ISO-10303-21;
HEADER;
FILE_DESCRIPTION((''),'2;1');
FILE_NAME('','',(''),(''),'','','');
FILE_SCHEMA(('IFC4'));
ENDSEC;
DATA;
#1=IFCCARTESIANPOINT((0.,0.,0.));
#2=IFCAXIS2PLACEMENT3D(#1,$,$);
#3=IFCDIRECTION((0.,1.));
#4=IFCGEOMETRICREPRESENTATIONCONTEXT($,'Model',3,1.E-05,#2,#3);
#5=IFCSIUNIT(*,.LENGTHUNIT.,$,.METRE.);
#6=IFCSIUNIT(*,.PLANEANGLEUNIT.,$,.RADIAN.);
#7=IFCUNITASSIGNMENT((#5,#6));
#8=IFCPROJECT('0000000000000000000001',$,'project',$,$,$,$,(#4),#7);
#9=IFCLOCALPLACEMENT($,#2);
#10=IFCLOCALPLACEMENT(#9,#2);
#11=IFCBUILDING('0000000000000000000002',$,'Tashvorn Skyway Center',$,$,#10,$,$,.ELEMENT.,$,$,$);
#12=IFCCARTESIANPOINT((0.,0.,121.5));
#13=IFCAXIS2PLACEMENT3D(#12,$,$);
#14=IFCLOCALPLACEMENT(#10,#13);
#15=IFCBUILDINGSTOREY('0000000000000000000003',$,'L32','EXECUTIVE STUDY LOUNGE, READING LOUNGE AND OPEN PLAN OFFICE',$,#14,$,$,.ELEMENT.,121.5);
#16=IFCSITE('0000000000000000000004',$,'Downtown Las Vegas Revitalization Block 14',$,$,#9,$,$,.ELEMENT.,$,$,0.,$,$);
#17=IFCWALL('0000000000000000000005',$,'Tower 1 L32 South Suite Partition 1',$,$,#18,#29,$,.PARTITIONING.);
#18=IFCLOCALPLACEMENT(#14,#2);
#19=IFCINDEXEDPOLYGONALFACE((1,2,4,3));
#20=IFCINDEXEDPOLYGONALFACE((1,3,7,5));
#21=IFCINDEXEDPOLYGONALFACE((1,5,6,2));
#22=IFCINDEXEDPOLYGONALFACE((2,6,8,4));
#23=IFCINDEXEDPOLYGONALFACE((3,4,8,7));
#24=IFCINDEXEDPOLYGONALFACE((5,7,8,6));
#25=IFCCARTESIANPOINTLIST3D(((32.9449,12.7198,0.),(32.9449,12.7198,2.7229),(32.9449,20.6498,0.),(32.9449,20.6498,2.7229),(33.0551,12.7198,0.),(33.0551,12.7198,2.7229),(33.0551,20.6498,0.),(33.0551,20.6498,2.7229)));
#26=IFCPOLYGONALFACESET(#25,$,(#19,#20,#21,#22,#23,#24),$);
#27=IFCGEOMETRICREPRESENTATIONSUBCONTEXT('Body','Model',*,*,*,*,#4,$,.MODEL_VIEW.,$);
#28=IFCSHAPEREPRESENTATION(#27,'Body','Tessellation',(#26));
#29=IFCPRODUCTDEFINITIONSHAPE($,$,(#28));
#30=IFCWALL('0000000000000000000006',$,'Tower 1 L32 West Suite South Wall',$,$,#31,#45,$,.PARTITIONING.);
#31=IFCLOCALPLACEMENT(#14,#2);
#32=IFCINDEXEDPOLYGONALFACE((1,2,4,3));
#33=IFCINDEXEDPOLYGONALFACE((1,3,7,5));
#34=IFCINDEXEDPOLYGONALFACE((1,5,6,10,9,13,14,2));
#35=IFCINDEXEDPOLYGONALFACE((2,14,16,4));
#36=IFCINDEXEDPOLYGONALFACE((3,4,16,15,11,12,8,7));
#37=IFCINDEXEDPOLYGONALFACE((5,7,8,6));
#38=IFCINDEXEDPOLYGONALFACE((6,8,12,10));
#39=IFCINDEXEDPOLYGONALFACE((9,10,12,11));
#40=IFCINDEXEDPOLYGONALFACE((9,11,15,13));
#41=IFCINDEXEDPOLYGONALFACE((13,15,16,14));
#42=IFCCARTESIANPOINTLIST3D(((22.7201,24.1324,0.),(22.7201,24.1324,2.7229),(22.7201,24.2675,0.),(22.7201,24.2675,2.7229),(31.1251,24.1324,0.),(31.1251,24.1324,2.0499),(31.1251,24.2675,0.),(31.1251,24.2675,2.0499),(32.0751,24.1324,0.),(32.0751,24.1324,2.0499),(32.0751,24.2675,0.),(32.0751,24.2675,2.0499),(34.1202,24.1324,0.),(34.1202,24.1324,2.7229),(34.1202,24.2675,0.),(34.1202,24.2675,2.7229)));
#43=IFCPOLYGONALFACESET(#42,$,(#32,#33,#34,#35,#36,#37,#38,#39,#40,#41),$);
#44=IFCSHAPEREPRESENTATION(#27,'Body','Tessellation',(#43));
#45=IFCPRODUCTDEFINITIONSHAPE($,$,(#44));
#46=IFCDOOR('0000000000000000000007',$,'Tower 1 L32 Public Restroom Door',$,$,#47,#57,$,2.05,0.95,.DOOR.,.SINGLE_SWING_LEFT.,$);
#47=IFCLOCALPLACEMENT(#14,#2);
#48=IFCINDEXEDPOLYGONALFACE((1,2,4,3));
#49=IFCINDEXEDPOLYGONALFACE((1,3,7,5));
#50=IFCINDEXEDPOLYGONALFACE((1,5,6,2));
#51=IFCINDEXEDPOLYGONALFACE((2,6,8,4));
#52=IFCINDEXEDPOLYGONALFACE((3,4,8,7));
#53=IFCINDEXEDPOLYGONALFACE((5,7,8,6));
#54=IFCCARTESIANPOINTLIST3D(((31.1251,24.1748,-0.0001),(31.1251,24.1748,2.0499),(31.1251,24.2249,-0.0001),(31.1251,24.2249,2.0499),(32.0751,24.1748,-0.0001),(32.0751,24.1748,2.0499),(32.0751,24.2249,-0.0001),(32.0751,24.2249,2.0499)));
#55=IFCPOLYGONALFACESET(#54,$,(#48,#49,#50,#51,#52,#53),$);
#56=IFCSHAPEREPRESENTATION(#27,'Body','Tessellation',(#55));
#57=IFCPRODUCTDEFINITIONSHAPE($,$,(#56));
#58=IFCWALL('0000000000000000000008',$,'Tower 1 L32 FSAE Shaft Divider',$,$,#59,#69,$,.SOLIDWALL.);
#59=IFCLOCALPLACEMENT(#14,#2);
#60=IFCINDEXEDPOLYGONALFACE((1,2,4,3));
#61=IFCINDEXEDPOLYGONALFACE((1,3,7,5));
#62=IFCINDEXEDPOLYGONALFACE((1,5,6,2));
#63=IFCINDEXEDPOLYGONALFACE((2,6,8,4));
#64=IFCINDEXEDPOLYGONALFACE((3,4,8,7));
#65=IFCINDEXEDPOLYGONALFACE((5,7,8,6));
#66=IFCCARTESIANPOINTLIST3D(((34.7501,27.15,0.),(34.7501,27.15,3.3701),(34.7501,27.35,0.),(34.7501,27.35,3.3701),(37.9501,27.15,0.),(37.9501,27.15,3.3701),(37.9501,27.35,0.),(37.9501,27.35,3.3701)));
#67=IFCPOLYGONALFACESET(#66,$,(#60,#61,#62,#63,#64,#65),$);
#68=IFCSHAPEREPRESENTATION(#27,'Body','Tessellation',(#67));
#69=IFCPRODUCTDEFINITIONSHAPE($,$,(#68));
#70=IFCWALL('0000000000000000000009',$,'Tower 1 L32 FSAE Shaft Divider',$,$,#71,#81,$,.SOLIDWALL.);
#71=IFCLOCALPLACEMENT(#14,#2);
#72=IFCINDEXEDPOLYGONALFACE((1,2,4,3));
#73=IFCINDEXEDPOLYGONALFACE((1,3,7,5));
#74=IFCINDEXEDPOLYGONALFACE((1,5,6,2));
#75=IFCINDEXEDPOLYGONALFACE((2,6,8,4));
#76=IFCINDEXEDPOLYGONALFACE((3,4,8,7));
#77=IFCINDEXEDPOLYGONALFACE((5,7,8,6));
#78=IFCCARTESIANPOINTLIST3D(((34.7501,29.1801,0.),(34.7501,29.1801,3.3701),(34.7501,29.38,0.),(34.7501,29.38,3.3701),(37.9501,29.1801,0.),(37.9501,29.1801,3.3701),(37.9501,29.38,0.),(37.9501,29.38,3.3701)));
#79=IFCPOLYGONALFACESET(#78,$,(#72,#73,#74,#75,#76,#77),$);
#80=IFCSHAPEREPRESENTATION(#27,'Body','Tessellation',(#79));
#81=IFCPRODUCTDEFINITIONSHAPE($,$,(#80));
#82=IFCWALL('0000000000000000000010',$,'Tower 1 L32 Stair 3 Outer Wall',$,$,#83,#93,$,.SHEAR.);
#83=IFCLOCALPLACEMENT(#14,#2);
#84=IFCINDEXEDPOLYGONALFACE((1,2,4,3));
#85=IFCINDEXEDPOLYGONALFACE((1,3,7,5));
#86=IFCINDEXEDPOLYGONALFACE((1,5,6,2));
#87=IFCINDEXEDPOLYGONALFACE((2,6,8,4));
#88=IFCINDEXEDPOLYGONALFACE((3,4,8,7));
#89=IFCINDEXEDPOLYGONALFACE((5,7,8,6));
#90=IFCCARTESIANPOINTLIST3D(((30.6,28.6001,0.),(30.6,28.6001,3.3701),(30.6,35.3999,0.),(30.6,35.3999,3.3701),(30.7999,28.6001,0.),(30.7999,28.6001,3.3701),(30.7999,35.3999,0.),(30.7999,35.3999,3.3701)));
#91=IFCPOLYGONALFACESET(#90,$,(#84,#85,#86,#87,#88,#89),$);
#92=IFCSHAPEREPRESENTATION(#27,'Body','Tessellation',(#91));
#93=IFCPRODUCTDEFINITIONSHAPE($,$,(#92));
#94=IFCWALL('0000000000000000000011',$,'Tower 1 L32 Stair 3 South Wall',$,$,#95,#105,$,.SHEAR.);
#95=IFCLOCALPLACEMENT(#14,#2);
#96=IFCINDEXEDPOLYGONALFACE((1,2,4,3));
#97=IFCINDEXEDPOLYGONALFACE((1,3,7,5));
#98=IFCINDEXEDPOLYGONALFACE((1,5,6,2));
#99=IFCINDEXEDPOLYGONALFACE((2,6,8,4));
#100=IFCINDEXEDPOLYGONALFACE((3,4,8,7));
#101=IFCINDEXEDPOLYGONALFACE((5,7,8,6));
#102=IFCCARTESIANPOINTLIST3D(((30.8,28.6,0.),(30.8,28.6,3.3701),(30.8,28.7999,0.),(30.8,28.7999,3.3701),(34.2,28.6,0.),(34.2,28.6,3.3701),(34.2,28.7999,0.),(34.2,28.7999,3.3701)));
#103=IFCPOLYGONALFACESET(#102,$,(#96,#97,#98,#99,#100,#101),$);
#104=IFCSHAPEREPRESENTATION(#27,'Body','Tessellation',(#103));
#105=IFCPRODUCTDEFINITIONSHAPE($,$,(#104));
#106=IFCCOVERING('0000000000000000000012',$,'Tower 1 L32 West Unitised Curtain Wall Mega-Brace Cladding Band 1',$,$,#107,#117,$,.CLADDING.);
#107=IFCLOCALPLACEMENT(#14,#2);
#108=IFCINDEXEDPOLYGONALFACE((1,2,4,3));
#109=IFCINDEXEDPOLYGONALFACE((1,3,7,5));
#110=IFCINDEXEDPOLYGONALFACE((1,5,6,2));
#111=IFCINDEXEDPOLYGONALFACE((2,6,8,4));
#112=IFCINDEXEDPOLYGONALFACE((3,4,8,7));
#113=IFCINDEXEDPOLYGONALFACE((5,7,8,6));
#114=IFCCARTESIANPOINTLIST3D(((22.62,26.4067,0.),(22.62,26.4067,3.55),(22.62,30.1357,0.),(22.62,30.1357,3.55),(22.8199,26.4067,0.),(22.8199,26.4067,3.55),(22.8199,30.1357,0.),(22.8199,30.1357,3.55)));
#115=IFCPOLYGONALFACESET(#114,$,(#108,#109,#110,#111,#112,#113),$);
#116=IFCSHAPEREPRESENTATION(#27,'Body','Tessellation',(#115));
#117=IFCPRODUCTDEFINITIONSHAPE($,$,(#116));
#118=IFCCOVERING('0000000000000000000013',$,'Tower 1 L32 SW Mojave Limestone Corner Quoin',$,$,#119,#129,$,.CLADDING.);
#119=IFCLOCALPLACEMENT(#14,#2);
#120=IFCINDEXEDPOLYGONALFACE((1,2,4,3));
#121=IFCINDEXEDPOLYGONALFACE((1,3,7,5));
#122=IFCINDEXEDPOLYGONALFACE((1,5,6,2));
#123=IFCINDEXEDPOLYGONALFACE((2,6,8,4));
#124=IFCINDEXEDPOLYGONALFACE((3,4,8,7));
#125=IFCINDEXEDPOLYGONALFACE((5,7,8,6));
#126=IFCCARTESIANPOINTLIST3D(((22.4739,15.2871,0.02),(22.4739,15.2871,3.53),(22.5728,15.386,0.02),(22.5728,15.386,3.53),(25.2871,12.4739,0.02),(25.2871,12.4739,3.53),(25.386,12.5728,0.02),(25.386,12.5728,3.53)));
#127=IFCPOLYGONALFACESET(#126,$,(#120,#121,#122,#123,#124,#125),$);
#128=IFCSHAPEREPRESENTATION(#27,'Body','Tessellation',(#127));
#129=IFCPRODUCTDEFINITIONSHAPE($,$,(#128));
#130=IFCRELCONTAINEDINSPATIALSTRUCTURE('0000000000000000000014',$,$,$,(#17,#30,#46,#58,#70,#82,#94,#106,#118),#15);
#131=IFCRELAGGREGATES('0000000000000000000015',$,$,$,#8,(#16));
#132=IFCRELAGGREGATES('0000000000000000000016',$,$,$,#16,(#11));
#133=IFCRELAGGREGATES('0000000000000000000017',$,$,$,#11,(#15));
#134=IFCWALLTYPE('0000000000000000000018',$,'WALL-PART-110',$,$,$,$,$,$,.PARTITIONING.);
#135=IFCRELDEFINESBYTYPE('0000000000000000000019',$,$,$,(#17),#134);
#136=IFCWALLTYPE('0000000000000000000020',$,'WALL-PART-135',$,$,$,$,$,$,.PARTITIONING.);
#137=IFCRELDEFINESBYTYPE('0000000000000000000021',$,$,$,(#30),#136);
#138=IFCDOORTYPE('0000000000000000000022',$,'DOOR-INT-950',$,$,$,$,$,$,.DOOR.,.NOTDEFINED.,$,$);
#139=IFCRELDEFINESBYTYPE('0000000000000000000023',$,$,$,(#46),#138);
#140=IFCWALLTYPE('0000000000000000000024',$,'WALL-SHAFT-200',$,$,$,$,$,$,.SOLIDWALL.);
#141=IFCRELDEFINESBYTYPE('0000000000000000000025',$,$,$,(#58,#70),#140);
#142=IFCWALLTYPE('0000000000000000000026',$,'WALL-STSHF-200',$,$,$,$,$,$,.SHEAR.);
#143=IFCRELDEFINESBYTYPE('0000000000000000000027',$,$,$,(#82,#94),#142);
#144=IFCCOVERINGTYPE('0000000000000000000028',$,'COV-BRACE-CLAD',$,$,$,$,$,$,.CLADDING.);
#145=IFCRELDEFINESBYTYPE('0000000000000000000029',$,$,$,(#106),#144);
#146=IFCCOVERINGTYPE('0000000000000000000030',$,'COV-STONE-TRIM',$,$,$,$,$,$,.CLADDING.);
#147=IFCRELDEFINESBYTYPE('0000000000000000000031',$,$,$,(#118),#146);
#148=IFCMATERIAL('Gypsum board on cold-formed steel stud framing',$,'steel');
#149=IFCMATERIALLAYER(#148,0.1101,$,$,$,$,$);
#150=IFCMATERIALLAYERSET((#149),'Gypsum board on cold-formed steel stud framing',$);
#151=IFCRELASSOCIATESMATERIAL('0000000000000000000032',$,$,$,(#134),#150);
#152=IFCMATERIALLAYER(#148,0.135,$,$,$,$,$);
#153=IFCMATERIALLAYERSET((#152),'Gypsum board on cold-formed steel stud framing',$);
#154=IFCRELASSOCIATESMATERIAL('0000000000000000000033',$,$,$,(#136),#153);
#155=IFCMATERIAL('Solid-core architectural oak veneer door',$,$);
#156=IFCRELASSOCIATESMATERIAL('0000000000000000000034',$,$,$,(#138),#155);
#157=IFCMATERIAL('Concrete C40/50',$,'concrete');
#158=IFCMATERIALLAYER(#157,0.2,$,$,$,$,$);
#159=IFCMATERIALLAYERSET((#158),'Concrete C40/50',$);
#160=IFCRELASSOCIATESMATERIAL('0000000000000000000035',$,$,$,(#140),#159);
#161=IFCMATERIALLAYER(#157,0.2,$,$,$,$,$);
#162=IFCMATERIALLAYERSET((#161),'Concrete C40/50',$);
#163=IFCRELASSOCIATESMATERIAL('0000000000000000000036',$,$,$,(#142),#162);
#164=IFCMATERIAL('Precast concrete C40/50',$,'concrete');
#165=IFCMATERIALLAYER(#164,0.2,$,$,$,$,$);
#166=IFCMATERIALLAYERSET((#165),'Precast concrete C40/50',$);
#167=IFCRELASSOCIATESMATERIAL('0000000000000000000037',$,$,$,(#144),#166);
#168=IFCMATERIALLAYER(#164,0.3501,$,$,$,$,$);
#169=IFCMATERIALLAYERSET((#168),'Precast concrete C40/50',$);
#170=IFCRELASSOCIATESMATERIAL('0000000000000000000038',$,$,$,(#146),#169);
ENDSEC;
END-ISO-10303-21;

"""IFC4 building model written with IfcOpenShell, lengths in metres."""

from ifc_helpers import new_model, si_unit, direction, frame, frame_2d, origin, origin_2d, place, context, subcontext, project, spatial, rectangle, extrude, material, layer, layer_set, type_object, element, fill, save


model = new_model("IFC4")

# Units and contexts
model_context = context("Model", 3, precision=1e-05, world=origin(), true_north=direction((0.0, 1.0)))
body_context = subcontext(model_context, "Body", "Model", "MODEL_VIEW")
ifc_project = project(units=[si_unit("LENGTHUNIT", "METRE"), si_unit("PLANEANGLEUNIT", "RADIAN")], contexts=[model_context])

# Site, building, storey
site_placement = place(None, origin())
site = spatial("IfcSite", under=ifc_project, at=site_placement, Name="Downtown Las Vegas Revitalization Block 14", CompositionType="ELEMENT", RefElevation=0.0)
building_placement = place(site_placement, origin())
building = spatial("IfcBuilding", under=site, at=building_placement, Name="Tashvorn Skyway Center", CompositionType="ELEMENT")
storey_placement = place(building_placement, frame((0.0, 0.0, 121.5)))
storey = spatial("IfcBuildingStorey", under=building, at=storey_placement, Name="L32", Description="EXECUTIVE STUDY LOUNGE, READING LOUNGE AND OPEN PLAN OFFICE", CompositionType="ELEMENT", Elevation=121.5)

# Wall
ifc_material_1 = material(Name="Precast concrete C40/50", Category="concrete")
ifc_material_2 = material(Name="Gypsum board on cold-formed steel stud framing", Category="steel")
ifc_layer_1 = layer(ifc_material_2, 0.1101)
ifc_layer_set_1 = layer_set([ifc_layer_1], Name="Gypsum board on cold-formed steel stud framing")
wall_type_1 = type_object("IfcWallType", Name="WALL-PART-110", PredefinedType="PARTITIONING", material=ifc_layer_set_1)
wall_1_placement = place(storey_placement, frame((33.0, 12.72, 0.0), z_axis=(0.0, 0.0, 1.0), x_axis=(0.0, 1.0, 0.0)))
element("IfcWall", 1, at=wall_1_placement, inside=storey, type_object=wall_type_1, Name="Tower 1 L32 South Suite Partition 1", PredefinedType="PARTITIONING", context=body_context, shape_type="SweptSolid", body=[
    extrude(rectangle(XDim=7.9299, YDim=0.1101, at=frame_2d((3.9648, 0.0))), origin(), (0.0, 0.0, 1.0), 2.7229),
])

# Wall, opening, door
ifc_layer_2 = layer(ifc_material_2, 0.135)
ifc_layer_set_2 = layer_set([ifc_layer_2], Name="Gypsum board on cold-formed steel stud framing")
wall_type_2 = type_object("IfcWallType", Name="WALL-PART-135", PredefinedType="PARTITIONING", material=ifc_layer_set_2)
wall_2_placement = place(storey_placement, frame((22.72, 24.2, 0.0), z_axis=(0.0, 0.0, 1.0), x_axis=(1.0, 0.0, 0.0)))
wall_2 = element("IfcWall", 2, at=wall_2_placement, inside=storey, type_object=wall_type_2, Name="Tower 1 L32 West Suite South Wall", PredefinedType="PARTITIONING", context=body_context, shape_type="SweptSolid", body=[
    extrude(rectangle(XDim=11.4001, YDim=0.135, at=frame_2d((5.7002, 0.0))), origin(), (0.0, 0.0, 1.0), 2.7229),
])
opening_placement = place(wall_2_placement, frame((8.405, 0.0, 0.0)))
opening = element("IfcOpeningElement", 3, at=opening_placement, cuts=wall_2, PredefinedType="OPENING", context=body_context, shape_type="SweptSolid", body=[
    extrude(rectangle(XDim=0.95, YDim=2.05, at=frame_2d((0.4751, 1.0249))), frame((0.0, 0.0774, 0.0), z_axis=(0.0, -1.0, 0.0), x_axis=(1.0, 0.0, 0.0)), (0.0, 0.0, 1.0), 0.155),
])
ifc_material_3 = material(Name="Solid-core architectural oak veneer door")
door_type = type_object("IfcDoorType", Name="DOOR-INT-950", OperationType="NOTDEFINED", PredefinedType="DOOR", material=ifc_material_3)
door_placement = place(opening_placement, origin())
door = element("IfcDoor", 4, at=door_placement, inside=storey, type_object=door_type, Name="Tower 1 L32 Public Restroom Door", OperationType="SINGLE_SWING_LEFT", OverallHeight=2.05, OverallWidth=0.95, PredefinedType="DOOR", context=body_context, shape_type="SweptSolid", body=[
    extrude(rectangle(XDim=0.95, YDim=2.05, at=frame_2d((0.4751, 1.0249))), frame((0.0, 0.0249, 0.0), z_axis=(0.0, -1.0, 0.0), x_axis=(1.0, 0.0, 0.0)), (0.0, 0.0, 1.0), 0.05),
])
fill(opening, door)

# Walls
ifc_material_4 = material(Name="Concrete C40/50", Category="concrete")
ifc_layer_3 = layer(ifc_material_4, 0.2)
ifc_layer_set_3 = layer_set([ifc_layer_3], Name="Concrete C40/50")
wall_type_3 = type_object("IfcWallType", Name="WALL-SHAFT-200", PredefinedType="SOLIDWALL", material=ifc_layer_set_3)
for number, where, z_axis, x_axis, name in (
    (5, (34.75, 27.25, 0.0), (0.0, 0.0, 1.0), (1.0, 0.0, 0.0), "Tower 1 L32 FSAE Shaft Divider"),
    (6, (34.75, 29.28, 0.0), (0.0, 0.0, 1.0), (1.0, 0.0, 0.0), "Tower 1 L32 FSAE Shaft Divider"),
):
    element("IfcWall", number, at=place(storey_placement, frame(where, z_axis=z_axis, x_axis=x_axis)), inside=storey, type_object=wall_type_3, Name=name, PredefinedType="SOLIDWALL", context=body_context, shape_type="SweptSolid", body=[
        extrude(rectangle(XDim=3.2, YDim=0.2, at=frame_2d((1.6001, 0.0))), origin(), (0.0, 0.0, 1.0), 3.3701),
    ])
ifc_layer_4 = layer(ifc_material_4, 0.2)
ifc_layer_set_4 = layer_set([ifc_layer_4], Name="Concrete C40/50")
wall_type_4 = type_object("IfcWallType", Name="WALL-STSHF-200", PredefinedType="SHEAR", material=ifc_layer_set_4)
wall_3_placement = place(storey_placement, frame((30.7, 28.6001, 0.0), z_axis=(0.0, 0.0, 1.0), x_axis=(0.0, 1.0, 0.0)))
element("IfcWall", 7, at=wall_3_placement, inside=storey, type_object=wall_type_4, Name="Tower 1 L32 Stair 3 Outer Wall", PredefinedType="SHEAR", context=body_context, shape_type="SweptSolid", body=[
    extrude(rectangle(XDim=6.7998, YDim=0.2, at=frame_2d((3.3999, 0.0))), origin(), (0.0, 0.0, 1.0), 3.3701),
])
wall_4_placement = place(storey_placement, frame((30.8, 28.7, 0.0), z_axis=(0.0, 0.0, 1.0), x_axis=(1.0, 0.0, 0.0)))
element("IfcWall", 8, at=wall_4_placement, inside=storey, type_object=wall_type_4, Name="Tower 1 L32 Stair 3 South Wall", PredefinedType="SHEAR", context=body_context, shape_type="SweptSolid", body=[
    extrude(rectangle(XDim=3.3999, YDim=0.2, at=frame_2d((1.7, 0.0))), origin(), (0.0, 0.0, 1.0), 3.3701),
])

# Coverings
ifc_layer_5 = layer(ifc_material_1, 0.2)
ifc_layer_set_5 = layer_set([ifc_layer_5], Name="Precast concrete C40/50")
covering_type_1 = type_object("IfcCoveringType", Name="COV-BRACE-CLAD", PredefinedType="CLADDING", material=ifc_layer_set_5)
covering_1_placement = place(storey_placement, frame((22.72, 28.2712, 0.0), z_axis=(0.0, 0.0, 1.0), x_axis=(0.0, 1.0, 0.0)))
element("IfcCovering", 9, at=covering_1_placement, inside=storey, type_object=covering_type_1, Name="Tower 1 L32 West Unitised Curtain Wall Mega-Brace Cladding Band 1", PredefinedType="CLADDING", context=body_context, shape_type="SweptSolid", body=[
    extrude(rectangle(XDim=3.729, YDim=0.2, at=origin_2d()), origin(), (0.0, 0.0, 1.0), 3.55),
])
ifc_layer_6 = layer(ifc_material_1, 0.3501)
ifc_layer_set_6 = layer_set([ifc_layer_6], Name="Precast concrete C40/50")
covering_type_2 = type_object("IfcCoveringType", Name="COV-STONE-TRIM", PredefinedType="CLADDING", material=ifc_layer_set_6)
covering_2_placement = place(storey_placement, frame((23.9299, 13.9299, 0.02), z_axis=(0.0, 0.0, 1.0), x_axis=(-0.707107, 0.707107, 0.0)))
element("IfcCovering", 10, at=covering_2_placement, inside=storey, type_object=covering_type_2, Name="Tower 1 L32 SW Mojave Limestone Corner Quoin", PredefinedType="CLADDING", context=body_context, shape_type="SweptSolid", body=[
    extrude(rectangle(XDim=3.9785, YDim=0.1399, at=origin_2d()), origin(), (0.0, 0.0, 1.0), 3.51),
])

save(model, "model.ifc")
